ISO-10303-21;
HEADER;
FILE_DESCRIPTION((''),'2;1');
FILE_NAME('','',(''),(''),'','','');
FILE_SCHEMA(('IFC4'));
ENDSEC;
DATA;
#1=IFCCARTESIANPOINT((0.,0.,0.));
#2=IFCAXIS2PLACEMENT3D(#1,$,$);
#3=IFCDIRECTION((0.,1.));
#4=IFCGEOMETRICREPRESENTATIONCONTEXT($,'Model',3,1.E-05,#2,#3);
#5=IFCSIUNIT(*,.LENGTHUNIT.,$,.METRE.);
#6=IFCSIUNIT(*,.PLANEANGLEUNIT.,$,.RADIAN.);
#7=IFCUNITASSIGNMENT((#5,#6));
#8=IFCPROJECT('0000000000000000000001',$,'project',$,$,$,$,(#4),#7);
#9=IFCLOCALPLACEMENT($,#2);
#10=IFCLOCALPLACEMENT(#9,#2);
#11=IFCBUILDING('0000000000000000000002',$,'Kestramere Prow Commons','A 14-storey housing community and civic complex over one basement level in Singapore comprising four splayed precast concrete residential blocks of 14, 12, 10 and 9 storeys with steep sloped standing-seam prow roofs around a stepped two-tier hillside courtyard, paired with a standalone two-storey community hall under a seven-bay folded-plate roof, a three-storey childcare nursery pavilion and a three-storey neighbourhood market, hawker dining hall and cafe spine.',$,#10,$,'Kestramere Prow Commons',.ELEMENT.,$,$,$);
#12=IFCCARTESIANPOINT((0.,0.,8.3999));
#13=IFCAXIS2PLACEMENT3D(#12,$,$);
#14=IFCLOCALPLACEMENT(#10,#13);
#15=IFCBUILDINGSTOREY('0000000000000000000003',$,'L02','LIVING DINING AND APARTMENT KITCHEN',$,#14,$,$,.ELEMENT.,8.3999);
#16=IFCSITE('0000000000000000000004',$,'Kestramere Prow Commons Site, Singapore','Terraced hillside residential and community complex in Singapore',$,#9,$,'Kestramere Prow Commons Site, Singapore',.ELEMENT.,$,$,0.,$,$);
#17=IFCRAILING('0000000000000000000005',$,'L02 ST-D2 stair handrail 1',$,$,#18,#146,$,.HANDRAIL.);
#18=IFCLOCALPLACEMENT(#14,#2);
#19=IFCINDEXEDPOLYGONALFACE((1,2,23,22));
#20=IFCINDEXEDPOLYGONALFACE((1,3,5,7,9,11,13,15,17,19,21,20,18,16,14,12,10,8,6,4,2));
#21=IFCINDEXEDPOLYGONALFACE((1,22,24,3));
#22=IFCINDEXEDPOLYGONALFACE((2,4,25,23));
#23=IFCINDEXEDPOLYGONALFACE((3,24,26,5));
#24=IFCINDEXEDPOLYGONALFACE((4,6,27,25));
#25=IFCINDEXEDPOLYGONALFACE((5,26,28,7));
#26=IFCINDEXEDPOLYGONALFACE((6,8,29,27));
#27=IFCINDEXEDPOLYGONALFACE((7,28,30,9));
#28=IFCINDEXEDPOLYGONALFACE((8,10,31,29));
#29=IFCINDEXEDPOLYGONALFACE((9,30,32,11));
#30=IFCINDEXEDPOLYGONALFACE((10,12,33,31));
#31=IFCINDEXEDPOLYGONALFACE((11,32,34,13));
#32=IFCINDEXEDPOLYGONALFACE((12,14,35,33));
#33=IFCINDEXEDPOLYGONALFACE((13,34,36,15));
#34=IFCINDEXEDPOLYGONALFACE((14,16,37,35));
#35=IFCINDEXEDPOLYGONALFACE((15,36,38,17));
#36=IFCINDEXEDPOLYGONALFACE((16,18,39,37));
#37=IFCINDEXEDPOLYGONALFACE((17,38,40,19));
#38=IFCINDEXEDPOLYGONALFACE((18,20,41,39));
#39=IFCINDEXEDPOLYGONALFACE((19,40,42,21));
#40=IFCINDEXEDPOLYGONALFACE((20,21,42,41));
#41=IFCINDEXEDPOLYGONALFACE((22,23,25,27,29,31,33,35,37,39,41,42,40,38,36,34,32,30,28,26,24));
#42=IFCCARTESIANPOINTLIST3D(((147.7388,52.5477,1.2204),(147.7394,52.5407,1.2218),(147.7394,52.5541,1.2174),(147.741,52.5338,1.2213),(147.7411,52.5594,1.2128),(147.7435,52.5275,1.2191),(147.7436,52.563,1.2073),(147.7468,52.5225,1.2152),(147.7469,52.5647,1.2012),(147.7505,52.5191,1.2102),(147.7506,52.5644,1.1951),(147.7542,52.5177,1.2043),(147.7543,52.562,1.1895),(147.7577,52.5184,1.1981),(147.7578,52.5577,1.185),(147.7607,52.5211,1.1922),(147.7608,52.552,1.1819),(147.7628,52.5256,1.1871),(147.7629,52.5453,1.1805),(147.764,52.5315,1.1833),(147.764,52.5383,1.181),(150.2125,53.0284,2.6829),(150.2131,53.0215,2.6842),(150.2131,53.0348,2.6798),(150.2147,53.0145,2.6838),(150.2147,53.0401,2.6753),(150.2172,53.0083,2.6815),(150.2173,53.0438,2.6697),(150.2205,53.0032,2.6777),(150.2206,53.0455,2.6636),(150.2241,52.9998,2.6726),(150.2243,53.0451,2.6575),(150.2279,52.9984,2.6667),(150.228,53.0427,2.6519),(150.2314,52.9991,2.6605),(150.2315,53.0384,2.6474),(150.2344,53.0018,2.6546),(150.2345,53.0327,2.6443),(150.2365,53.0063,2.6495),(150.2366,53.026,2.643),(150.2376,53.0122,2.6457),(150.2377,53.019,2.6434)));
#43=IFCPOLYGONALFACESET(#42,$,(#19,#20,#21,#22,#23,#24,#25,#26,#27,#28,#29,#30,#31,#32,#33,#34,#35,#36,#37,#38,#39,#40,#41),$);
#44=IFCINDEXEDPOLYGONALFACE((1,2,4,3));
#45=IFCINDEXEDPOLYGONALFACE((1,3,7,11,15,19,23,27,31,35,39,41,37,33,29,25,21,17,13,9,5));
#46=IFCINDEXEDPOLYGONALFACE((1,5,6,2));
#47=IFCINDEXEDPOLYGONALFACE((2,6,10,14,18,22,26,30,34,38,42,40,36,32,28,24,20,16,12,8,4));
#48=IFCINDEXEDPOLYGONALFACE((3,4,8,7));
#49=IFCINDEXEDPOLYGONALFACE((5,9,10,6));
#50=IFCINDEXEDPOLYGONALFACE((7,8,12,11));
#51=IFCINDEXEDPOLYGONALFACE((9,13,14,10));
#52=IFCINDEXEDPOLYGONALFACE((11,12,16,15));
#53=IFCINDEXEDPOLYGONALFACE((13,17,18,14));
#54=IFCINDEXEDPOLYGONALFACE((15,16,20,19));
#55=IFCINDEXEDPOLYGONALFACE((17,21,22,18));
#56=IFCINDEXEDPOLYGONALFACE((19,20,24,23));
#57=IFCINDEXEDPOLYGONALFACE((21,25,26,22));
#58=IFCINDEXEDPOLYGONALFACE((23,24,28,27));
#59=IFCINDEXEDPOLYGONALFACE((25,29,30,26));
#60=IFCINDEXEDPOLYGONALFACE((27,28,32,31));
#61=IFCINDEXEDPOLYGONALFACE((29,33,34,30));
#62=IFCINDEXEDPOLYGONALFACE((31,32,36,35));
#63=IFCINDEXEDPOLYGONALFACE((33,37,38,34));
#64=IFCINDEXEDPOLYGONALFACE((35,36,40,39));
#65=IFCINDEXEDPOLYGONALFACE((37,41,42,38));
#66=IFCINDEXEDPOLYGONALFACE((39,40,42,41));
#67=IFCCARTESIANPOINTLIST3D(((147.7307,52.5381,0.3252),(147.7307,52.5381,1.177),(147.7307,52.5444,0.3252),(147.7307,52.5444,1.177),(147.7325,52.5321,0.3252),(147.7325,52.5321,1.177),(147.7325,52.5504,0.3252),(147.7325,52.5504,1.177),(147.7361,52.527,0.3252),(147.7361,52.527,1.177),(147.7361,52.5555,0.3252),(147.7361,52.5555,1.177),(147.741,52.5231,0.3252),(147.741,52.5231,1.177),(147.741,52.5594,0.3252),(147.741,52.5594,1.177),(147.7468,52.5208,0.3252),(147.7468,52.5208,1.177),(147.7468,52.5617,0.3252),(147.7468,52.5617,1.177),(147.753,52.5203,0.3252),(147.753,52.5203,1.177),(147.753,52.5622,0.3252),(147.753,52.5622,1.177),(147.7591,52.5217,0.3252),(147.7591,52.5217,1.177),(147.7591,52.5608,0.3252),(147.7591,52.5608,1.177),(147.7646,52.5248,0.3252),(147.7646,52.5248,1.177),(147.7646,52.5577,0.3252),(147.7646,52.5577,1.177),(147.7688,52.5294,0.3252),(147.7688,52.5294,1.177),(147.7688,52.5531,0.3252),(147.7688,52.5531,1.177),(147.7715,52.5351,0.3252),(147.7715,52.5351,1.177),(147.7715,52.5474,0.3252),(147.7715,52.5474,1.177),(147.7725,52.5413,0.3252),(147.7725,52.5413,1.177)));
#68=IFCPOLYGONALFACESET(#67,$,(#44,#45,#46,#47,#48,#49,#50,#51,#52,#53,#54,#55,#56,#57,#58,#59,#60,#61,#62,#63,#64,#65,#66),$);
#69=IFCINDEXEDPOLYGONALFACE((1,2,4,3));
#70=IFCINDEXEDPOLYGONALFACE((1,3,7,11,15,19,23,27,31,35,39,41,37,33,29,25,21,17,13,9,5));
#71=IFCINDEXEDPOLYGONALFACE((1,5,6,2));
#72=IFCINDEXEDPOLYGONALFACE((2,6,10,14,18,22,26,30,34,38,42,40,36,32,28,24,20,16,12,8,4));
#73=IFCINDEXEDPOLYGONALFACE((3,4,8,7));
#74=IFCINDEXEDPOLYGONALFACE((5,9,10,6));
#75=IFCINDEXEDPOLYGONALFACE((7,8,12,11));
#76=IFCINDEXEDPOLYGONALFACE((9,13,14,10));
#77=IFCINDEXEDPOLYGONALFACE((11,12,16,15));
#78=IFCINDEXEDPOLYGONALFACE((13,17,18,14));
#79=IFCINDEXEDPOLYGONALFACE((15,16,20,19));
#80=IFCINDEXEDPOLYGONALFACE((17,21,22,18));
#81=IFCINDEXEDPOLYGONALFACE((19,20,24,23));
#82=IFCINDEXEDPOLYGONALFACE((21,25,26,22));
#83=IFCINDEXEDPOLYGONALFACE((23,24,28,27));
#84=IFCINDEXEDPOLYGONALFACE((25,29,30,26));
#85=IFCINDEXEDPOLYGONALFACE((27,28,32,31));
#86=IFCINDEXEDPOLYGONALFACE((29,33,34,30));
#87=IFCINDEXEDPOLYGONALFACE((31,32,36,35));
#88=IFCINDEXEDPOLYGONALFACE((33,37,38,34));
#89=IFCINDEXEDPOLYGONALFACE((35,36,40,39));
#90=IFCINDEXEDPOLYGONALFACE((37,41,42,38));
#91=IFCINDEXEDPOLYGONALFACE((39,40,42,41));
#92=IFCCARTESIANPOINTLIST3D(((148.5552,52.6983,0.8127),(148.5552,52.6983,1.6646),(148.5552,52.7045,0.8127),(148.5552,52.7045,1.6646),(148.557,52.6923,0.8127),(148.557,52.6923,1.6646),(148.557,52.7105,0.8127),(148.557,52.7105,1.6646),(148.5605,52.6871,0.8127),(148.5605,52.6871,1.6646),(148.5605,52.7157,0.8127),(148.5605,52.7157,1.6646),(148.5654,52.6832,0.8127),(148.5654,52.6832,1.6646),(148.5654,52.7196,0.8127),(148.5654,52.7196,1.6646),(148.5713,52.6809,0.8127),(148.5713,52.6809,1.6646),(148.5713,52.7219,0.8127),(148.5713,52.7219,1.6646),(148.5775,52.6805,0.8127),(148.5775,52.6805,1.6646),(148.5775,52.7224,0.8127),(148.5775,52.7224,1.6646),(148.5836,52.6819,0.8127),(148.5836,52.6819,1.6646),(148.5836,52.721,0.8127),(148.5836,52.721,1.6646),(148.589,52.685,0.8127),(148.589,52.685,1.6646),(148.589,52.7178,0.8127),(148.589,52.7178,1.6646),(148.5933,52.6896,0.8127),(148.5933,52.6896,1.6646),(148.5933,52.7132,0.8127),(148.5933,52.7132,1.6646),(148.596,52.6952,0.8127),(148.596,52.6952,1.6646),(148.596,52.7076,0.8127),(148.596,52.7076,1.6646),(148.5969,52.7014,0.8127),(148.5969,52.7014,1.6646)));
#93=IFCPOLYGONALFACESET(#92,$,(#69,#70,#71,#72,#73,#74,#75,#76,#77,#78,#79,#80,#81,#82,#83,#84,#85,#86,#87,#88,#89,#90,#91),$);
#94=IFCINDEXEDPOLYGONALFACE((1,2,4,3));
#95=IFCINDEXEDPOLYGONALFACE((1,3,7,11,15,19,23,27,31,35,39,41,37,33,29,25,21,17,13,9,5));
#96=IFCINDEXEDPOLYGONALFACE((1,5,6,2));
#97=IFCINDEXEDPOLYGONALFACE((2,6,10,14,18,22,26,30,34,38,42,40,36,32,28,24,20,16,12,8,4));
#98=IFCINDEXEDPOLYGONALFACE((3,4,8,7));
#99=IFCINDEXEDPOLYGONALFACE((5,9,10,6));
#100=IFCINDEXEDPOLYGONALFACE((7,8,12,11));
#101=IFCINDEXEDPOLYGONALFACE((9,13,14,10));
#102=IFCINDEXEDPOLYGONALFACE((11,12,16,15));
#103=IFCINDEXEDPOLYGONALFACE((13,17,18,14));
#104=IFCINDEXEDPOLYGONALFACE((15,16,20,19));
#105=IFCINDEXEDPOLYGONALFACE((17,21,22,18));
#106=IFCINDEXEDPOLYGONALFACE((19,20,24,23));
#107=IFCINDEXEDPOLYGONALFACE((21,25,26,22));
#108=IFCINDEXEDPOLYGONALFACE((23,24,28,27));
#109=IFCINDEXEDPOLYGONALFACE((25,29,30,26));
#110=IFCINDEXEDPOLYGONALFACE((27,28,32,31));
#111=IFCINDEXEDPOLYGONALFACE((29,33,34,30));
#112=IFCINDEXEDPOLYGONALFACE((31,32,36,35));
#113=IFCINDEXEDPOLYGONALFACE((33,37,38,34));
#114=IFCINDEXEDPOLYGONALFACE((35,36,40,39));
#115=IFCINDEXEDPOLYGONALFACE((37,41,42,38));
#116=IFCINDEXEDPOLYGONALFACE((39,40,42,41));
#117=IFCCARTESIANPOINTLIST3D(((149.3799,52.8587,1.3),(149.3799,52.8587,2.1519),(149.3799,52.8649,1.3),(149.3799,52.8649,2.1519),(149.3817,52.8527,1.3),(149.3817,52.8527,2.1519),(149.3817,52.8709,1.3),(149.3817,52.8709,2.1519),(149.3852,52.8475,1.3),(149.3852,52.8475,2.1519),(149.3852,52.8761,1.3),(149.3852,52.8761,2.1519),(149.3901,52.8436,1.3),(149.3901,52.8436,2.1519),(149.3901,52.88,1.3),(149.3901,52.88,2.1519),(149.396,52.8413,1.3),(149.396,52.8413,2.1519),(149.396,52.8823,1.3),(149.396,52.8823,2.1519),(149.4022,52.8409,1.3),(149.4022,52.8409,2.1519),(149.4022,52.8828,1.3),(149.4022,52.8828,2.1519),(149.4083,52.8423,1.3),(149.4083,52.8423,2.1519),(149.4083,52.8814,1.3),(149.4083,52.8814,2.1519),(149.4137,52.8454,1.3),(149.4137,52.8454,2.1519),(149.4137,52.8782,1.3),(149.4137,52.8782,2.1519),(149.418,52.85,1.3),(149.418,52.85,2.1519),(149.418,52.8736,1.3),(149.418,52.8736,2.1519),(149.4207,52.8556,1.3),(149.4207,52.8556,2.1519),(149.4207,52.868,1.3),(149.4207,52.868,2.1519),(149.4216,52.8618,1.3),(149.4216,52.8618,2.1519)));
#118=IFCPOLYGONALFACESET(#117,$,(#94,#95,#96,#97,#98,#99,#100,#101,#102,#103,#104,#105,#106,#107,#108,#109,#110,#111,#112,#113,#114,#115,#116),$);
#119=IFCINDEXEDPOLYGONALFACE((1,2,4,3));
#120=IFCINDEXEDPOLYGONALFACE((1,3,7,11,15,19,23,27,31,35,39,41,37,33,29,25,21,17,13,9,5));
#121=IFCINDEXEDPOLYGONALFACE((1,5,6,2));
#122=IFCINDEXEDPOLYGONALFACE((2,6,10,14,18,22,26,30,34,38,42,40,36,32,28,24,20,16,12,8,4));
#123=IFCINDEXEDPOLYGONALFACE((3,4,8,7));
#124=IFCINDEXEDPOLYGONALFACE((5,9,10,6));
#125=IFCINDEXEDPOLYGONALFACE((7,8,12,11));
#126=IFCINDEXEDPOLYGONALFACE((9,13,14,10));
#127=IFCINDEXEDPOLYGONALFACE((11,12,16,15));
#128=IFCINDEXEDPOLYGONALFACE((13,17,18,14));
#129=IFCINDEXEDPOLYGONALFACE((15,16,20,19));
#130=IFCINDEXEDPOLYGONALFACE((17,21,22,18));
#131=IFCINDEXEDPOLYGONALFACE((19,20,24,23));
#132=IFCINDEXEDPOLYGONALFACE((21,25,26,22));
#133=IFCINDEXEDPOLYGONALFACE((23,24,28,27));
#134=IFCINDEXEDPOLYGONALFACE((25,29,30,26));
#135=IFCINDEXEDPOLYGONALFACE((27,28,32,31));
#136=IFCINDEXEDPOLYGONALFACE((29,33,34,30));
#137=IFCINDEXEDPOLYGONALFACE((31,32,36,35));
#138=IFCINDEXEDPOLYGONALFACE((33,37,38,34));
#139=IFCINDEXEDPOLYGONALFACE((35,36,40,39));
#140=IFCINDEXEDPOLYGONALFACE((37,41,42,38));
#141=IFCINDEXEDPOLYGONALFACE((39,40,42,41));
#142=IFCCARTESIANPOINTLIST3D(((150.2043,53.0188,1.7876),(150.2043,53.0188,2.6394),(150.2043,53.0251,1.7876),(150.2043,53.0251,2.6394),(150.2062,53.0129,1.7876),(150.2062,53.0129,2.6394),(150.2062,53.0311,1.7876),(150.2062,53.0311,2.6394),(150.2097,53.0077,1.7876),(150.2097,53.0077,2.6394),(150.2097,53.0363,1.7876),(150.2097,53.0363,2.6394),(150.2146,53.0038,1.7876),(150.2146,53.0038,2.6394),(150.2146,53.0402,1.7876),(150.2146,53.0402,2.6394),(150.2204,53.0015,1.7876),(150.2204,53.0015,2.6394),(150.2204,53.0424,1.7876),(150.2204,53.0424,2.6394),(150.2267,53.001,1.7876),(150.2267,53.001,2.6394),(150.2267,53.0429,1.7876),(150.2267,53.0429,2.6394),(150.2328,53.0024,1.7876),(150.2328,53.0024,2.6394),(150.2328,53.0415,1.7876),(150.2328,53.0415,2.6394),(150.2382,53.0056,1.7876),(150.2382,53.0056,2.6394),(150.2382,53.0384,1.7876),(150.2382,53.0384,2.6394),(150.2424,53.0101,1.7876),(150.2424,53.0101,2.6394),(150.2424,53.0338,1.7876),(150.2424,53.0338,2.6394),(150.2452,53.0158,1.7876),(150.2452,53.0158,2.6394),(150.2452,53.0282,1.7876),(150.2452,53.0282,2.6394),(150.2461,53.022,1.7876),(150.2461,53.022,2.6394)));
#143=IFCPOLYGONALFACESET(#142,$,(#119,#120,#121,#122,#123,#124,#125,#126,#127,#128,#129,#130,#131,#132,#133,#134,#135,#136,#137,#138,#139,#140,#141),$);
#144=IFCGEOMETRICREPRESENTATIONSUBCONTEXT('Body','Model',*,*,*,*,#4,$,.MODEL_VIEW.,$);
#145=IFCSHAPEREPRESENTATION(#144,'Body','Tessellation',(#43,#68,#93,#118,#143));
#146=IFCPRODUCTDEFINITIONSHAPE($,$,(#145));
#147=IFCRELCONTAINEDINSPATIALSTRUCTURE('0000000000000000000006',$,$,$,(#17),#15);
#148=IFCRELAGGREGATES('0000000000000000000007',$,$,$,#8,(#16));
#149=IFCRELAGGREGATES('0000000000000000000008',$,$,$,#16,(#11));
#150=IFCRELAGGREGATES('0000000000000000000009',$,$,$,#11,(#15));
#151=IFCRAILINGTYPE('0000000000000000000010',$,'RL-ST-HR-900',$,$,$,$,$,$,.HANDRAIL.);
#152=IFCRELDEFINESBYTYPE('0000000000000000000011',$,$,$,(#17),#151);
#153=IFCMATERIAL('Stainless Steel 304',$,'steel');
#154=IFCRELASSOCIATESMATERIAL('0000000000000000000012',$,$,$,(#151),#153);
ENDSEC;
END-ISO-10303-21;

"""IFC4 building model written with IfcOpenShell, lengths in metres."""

from ifc_helpers import new_model, si_unit, direction, frame, origin, origin_2d, place, context, subcontext, project, spatial, circle, extrude, material, type_object, element, save


model = new_model("IFC4")

# Units and contexts
model_context = context("Model", 3, precision=1e-05, world=origin(), true_north=direction((0.0, 1.0)))
body_context = subcontext(model_context, "Body", "Model", "MODEL_VIEW")
ifc_project = project(units=[si_unit("LENGTHUNIT", "METRE"), si_unit("PLANEANGLEUNIT", "RADIAN")], contexts=[model_context])

# Site, building, storey
site_placement = place(None, origin())
site = spatial("IfcSite", under=ifc_project, at=site_placement, Name="Kestramere Prow Commons Site, Singapore", Description="Terraced hillside residential and community complex in Singapore", LongName="Kestramere Prow Commons Site, Singapore", CompositionType="ELEMENT", RefElevation=0.0)
building_placement = place(site_placement, origin())
building = spatial("IfcBuilding", under=site, at=building_placement, Name="Kestramere Prow Commons", Description="A 14-storey housing community and civic complex over one basement level in Singapore comprising four splayed precast concrete residential blocks of 14, 12, 10 and 9 storeys with steep sloped standing-seam prow roofs around a stepped two-tier hillside courtyard, paired with a standalone two-storey community hall under a seven-bay folded-plate roof, a three-storey childcare nursery pavilion and a three-storey neighbourhood market, hawker dining hall and cafe spine.", LongName="Kestramere Prow Commons", CompositionType="ELEMENT")
storey_placement = place(building_placement, frame((0.0, 0.0, 8.3999)))
storey = spatial("IfcBuildingStorey", under=building, at=storey_placement, Name="L02", Description="LIVING DINING AND APARTMENT KITCHEN", CompositionType="ELEMENT", Elevation=8.3999)

# Railing
ifc_material_1 = material(Name="Stainless Steel 304", Category="steel")
railing_type_1 = type_object("IfcRailingType", Name="RL-ST-HR-900", PredefinedType="HANDRAIL", material=ifc_material_1)
railing_1_placement = place(storey_placement, frame((147.7515, 52.5413, 0.3252)))
element("IfcRailing", 1, at=railing_1_placement, inside=storey, type_object=railing_type_1, Name="L02 ST-D2 stair handrail 1", PredefinedType="HANDRAIL", context=body_context, shape_type="SweptSolid", body=[
    extrude(circle(Radius=0.0239, at=origin_2d()), frame((0.0, 0.0, 0.876), z_axis=(0.84902, 0.164994, 0.501938), x_axis=(-0.190766, 0.981636, 0.0)), (0.0, 0.0, 1.0), 2.9136),
    extrude(circle(Radius=0.021, at=origin_2d()), origin(), (0.0, 0.0, 1.0), 0.8518),
    extrude(circle(Radius=0.021, at=origin_2d()), frame((0.8245, 0.1602, 0.4875)), (0.0, 0.0, 1.0), 0.8518),
    extrude(circle(Radius=0.021, at=origin_2d()), frame((1.6492, 0.3206, 0.9749)), (0.0, 0.0, 1.0), 0.8518),
    extrude(circle(Radius=0.021, at=origin_2d()), frame((2.4736, 0.4807, 1.4624)), (0.0, 0.0, 1.0), 0.8518),
])

save(model, "model.ifc")
